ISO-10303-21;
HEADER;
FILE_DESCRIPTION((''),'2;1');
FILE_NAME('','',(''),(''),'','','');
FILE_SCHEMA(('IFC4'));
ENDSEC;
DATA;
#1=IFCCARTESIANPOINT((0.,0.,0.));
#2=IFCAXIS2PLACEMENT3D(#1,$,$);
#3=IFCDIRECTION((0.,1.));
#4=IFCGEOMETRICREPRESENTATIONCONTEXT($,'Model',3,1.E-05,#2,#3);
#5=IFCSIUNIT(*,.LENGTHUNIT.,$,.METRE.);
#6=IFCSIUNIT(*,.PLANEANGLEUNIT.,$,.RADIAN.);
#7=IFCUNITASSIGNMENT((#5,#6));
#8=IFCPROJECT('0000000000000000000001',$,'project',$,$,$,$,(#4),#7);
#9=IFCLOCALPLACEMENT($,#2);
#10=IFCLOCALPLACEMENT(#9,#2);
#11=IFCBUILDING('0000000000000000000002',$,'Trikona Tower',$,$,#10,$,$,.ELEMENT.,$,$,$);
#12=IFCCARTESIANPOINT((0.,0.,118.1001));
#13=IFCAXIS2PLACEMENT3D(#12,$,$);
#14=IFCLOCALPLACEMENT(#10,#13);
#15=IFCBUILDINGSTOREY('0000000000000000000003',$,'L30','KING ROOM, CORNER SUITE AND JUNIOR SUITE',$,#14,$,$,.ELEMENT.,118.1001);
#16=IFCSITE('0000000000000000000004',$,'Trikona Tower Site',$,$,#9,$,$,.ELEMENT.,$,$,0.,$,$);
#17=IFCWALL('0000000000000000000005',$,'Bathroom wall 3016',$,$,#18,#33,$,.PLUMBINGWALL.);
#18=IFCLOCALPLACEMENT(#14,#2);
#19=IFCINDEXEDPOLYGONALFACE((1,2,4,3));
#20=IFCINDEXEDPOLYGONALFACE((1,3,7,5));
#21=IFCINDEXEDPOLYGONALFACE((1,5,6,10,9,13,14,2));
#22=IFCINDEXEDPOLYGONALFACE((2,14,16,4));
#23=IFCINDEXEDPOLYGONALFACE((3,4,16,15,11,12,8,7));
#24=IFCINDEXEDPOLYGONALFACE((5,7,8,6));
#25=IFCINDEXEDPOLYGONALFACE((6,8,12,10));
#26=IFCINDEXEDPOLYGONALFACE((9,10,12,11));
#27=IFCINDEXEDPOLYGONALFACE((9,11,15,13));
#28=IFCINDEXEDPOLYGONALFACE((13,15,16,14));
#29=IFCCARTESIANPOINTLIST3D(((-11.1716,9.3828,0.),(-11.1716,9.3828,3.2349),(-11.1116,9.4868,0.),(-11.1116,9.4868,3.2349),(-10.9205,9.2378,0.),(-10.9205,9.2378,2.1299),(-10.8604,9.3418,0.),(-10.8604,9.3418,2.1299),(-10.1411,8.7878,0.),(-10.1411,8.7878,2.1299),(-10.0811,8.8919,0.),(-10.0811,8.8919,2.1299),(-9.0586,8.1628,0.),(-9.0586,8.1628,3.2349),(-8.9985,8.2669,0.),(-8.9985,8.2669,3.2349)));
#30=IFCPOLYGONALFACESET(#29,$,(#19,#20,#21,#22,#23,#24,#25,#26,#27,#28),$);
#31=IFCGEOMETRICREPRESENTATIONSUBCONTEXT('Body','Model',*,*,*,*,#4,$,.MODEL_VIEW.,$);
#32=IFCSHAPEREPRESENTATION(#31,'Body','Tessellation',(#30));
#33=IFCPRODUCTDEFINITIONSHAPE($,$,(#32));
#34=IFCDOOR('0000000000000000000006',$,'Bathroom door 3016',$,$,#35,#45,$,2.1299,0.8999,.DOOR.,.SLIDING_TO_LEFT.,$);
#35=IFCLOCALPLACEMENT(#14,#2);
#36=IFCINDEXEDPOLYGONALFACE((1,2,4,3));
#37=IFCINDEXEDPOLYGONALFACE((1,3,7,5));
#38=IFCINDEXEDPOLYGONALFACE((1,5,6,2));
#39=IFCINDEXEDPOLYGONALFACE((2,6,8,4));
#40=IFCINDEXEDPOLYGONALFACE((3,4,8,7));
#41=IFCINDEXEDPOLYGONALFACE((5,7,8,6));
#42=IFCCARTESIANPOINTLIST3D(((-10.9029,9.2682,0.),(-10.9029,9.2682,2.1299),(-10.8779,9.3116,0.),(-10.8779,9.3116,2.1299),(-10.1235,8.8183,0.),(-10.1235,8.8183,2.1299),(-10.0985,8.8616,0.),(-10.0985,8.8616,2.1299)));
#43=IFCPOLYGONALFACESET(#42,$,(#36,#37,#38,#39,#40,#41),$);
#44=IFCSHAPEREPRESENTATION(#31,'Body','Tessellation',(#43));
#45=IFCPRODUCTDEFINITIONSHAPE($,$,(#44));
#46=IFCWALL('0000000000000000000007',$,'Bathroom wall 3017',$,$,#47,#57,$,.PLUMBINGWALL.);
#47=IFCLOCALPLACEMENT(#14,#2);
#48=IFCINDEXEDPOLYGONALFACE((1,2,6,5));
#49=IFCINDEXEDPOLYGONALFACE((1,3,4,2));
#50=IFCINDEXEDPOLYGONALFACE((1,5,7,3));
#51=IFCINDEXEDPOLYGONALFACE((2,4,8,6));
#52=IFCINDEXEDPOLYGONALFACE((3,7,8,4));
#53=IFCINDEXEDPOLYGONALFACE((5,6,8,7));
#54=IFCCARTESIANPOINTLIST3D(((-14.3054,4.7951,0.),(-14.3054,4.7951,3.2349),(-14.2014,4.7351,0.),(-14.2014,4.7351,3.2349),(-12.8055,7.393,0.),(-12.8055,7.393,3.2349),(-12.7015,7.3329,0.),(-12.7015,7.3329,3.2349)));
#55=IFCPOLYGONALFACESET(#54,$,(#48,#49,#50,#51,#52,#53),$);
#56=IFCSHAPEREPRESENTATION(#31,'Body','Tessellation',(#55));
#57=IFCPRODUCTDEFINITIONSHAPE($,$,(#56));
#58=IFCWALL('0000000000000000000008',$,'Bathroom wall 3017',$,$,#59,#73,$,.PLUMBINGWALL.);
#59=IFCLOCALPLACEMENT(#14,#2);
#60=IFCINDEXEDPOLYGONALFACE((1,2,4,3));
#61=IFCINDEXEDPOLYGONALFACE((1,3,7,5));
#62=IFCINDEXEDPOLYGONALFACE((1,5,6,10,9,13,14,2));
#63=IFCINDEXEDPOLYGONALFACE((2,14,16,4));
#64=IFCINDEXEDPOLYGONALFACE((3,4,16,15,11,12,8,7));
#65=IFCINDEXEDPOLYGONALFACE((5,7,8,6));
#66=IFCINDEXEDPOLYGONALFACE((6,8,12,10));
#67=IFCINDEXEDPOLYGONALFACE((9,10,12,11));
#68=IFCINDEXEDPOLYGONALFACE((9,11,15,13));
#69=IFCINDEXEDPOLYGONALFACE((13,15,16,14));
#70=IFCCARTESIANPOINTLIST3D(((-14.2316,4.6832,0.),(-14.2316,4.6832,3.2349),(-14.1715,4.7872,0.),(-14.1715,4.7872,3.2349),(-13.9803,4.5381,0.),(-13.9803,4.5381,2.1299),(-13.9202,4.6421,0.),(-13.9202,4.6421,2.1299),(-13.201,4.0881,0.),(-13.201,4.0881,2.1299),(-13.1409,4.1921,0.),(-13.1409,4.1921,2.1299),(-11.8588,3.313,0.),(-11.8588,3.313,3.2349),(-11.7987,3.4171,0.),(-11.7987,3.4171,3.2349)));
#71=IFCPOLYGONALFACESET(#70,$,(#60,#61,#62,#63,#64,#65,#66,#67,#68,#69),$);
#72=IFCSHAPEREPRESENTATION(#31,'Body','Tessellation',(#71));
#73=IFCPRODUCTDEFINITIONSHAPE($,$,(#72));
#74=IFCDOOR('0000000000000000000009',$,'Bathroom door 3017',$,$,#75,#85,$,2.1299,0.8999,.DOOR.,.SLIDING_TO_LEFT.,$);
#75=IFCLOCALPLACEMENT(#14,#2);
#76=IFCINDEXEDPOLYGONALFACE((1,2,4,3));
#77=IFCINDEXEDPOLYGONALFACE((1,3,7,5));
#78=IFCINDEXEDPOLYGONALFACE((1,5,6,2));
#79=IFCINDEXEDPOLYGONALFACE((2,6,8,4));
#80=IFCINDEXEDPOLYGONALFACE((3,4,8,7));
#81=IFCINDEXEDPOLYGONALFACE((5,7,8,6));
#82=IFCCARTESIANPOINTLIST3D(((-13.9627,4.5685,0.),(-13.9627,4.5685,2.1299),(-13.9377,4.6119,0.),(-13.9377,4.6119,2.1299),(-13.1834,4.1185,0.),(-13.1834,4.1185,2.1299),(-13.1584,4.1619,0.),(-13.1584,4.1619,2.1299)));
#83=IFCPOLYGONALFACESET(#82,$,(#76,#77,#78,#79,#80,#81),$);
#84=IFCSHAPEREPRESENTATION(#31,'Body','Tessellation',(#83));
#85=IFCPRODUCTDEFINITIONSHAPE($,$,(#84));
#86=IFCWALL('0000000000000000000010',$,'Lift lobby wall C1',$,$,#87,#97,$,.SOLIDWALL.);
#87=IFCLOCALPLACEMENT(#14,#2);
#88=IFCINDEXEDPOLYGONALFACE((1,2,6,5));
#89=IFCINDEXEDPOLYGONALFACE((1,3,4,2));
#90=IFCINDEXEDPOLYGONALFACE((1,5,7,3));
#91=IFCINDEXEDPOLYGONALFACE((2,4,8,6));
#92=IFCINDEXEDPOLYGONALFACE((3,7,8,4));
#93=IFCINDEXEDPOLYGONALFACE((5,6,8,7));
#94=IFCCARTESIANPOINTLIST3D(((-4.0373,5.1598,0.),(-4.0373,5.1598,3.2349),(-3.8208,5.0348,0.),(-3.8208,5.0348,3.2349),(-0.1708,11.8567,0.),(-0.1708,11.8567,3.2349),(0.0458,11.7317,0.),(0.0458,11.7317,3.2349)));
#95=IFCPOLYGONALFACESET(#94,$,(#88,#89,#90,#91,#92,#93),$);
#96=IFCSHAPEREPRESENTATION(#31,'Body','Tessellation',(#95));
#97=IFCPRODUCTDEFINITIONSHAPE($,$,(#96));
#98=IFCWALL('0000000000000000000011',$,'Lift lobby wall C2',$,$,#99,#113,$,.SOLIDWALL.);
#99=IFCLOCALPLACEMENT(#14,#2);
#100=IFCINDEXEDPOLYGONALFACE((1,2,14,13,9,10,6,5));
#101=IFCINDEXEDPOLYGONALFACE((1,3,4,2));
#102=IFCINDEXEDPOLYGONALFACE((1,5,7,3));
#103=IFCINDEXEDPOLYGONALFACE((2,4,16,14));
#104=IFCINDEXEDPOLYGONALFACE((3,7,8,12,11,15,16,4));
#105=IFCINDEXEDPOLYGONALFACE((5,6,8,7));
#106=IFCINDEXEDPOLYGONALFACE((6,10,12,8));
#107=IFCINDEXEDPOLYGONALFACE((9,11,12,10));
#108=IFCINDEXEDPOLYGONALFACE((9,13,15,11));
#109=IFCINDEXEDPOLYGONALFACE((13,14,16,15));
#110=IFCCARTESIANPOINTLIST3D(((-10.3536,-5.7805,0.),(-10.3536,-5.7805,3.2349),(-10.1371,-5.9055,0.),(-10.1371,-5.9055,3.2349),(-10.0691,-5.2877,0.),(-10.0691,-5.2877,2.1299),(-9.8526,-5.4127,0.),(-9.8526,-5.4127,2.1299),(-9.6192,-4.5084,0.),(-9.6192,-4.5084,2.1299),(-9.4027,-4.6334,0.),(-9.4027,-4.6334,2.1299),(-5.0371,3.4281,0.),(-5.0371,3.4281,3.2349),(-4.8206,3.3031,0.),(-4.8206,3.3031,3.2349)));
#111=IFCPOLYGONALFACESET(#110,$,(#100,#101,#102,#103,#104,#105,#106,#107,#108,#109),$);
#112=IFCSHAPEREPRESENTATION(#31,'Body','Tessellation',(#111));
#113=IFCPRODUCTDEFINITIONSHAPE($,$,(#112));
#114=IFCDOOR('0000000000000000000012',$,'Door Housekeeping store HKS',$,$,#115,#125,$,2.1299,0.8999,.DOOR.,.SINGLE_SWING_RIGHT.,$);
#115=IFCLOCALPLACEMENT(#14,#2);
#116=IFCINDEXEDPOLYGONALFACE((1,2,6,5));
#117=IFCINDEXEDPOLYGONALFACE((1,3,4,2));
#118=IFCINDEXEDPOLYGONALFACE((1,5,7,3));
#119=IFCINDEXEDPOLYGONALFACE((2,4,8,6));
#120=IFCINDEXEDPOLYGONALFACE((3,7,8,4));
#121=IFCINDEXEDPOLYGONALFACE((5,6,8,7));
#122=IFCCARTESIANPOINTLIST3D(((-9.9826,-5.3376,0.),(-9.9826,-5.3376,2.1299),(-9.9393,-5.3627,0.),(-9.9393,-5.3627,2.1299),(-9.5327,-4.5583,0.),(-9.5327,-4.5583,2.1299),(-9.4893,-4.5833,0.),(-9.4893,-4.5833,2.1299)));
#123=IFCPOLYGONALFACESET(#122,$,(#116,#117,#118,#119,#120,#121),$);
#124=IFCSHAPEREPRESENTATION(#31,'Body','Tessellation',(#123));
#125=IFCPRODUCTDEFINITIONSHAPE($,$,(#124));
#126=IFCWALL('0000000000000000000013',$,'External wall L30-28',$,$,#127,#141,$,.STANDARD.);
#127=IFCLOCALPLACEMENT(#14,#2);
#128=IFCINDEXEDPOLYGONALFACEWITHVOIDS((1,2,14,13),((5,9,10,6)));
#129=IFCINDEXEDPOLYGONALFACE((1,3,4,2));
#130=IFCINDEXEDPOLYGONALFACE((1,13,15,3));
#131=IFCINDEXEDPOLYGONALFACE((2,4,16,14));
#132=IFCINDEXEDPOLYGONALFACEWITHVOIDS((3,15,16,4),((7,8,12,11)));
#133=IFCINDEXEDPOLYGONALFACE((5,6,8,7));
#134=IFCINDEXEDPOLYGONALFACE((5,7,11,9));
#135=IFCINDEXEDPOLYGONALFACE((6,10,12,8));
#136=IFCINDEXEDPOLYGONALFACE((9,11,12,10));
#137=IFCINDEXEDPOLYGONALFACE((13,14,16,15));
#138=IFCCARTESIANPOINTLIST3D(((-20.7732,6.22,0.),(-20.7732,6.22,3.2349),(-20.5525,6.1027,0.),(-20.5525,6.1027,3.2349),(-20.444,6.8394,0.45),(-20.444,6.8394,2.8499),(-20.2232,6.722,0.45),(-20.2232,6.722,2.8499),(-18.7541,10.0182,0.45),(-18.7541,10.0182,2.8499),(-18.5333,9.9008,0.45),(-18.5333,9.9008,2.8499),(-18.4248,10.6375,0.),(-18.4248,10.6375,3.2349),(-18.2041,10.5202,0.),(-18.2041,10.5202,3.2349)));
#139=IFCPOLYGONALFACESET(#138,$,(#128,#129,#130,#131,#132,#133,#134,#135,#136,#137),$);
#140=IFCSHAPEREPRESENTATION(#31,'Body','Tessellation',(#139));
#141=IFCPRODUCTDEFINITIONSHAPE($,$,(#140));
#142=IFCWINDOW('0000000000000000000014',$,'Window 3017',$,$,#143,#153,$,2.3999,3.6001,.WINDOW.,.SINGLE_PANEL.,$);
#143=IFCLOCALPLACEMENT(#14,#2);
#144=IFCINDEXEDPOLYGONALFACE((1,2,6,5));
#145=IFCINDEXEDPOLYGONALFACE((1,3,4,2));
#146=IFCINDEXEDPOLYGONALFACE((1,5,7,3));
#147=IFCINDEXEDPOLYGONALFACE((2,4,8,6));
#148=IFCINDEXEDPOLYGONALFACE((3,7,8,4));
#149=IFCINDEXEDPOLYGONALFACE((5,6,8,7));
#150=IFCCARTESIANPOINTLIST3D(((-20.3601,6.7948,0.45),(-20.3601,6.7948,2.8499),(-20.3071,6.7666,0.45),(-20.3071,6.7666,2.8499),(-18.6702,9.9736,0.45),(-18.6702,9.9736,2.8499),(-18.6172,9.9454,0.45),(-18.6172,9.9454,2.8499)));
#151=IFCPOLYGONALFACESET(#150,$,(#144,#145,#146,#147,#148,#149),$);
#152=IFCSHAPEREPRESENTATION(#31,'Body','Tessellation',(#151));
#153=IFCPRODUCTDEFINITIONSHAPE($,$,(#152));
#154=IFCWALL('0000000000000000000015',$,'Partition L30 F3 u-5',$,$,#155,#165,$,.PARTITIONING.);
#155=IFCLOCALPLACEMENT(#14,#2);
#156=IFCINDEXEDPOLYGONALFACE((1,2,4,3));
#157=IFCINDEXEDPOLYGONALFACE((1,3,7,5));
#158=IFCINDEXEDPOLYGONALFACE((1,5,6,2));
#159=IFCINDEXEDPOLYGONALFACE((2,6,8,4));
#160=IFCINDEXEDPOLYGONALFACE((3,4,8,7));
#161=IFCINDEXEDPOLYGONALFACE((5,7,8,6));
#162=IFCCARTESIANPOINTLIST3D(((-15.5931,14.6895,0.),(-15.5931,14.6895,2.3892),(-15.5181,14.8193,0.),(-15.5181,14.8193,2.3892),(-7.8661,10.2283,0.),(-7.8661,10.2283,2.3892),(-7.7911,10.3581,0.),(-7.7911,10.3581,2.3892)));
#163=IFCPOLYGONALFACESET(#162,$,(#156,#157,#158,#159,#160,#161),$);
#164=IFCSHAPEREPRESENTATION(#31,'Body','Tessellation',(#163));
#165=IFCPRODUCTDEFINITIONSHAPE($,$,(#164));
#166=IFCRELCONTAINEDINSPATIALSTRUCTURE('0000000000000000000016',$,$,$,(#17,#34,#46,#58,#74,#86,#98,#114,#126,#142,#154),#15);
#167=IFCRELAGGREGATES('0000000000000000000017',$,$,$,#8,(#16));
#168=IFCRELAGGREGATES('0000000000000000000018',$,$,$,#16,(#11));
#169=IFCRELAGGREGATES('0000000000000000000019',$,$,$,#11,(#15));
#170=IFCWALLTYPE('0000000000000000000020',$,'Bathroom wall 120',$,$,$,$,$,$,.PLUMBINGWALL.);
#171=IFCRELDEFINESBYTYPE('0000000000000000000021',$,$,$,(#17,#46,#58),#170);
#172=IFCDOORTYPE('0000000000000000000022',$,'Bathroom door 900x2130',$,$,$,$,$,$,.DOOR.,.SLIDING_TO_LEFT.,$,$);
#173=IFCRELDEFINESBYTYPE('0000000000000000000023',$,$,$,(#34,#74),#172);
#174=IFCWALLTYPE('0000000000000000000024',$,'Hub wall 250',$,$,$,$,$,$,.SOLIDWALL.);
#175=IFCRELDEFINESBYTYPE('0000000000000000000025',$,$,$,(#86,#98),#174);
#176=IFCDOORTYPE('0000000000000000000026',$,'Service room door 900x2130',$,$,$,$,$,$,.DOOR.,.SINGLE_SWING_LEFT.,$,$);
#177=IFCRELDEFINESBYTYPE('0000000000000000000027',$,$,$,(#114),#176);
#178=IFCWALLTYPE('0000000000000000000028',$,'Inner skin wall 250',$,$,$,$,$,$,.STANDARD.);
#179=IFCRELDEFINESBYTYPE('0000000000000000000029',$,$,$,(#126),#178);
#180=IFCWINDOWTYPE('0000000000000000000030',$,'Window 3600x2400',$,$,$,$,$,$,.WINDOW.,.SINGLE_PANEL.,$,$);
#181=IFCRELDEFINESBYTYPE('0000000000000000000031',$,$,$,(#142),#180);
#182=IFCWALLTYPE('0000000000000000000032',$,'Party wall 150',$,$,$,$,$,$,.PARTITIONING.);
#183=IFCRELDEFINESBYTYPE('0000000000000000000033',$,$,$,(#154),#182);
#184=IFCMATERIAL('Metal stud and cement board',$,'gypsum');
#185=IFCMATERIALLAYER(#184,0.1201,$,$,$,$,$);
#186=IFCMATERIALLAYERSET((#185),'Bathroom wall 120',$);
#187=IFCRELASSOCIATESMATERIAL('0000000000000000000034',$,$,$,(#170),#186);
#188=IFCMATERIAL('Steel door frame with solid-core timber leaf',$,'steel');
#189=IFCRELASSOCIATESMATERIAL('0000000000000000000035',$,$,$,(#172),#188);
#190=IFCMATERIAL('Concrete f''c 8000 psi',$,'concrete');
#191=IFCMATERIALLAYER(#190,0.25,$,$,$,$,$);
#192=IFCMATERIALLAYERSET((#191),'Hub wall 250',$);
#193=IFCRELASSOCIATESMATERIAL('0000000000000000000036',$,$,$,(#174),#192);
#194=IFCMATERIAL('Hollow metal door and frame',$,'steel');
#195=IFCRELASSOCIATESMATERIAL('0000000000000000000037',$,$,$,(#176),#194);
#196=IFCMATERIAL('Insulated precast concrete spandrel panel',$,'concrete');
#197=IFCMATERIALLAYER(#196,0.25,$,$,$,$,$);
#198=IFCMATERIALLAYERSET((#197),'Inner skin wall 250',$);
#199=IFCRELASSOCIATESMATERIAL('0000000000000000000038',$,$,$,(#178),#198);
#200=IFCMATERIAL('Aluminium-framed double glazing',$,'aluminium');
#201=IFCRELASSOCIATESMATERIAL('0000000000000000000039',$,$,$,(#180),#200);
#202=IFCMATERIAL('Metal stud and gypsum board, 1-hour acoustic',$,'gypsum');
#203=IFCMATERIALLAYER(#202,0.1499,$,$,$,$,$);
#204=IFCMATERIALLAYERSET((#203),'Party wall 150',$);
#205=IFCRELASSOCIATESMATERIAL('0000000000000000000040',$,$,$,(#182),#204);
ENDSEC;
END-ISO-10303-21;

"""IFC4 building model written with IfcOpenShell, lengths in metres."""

from ifc_helpers import new_model, si_unit, direction, frame, frame_2d, origin, place, context, subcontext, project, spatial, rectangle, extrude, material, layer, layer_set, type_object, element, fill, save


model = new_model("IFC4")

# Units and contexts
model_context = context("Model", 3, precision=1e-05, world=origin(), true_north=direction((0.0, 1.0)))
body_context = subcontext(model_context, "Body", "Model", "MODEL_VIEW")
ifc_project = project(units=[si_unit("LENGTHUNIT", "METRE"), si_unit("PLANEANGLEUNIT", "RADIAN")], contexts=[model_context])

# Site, building, storey
site_placement = place(None, origin())
site = spatial("IfcSite", under=ifc_project, at=site_placement, Name="Trikona Tower Site", CompositionType="ELEMENT", RefElevation=0.0)
building_placement = place(site_placement, origin())
building = spatial("IfcBuilding", under=site, at=building_placement, Name="Trikona Tower", CompositionType="ELEMENT")
storey_placement = place(building_placement, frame((0.0, 0.0, 118.1001)))
storey = spatial("IfcBuildingStorey", under=building, at=storey_placement, Name="L30", Description="KING ROOM, CORNER SUITE AND JUNIOR SUITE", CompositionType="ELEMENT", Elevation=118.1001)

# Shared definitions
ifc_material_1 = material(Name="Metal stud and cement board", Category="gypsum")
ifc_layer_1 = layer(ifc_material_1, 0.1201)
ifc_layer_set_1 = layer_set([ifc_layer_1], Name="Bathroom wall 120")
wall_type_1 = type_object("IfcWallType", Name="Bathroom wall 120", PredefinedType="PLUMBINGWALL", material=ifc_layer_set_1)
ifc_material_2 = material(Name="Steel door frame with solid-core timber leaf", Category="steel")
door_type_1 = type_object("IfcDoorType", Name="Bathroom door 900x2130", OperationType="SLIDING_TO_LEFT", PredefinedType="DOOR", material=ifc_material_2)

# Wall, opening, door
wall_1_placement = place(storey_placement, frame((-9.0286, 8.2148, 0.0), z_axis=(0.0, 0.0, 1.0), x_axis=(-0.866024, 0.500003, 0.0)))
wall_1 = element("IfcWall", 1, at=wall_1_placement, inside=storey, type_object=wall_type_1, Name="Bathroom wall 3016", PredefinedType="PLUMBINGWALL", context=body_context, shape_type="SweptSolid", body=[
    extrude(rectangle(XDim=2.4399, YDim=0.1201, at=frame_2d((1.22, 0.0))), origin(), (0.0, 0.0, 1.0), 3.2349),
])
opening_1_placement = place(wall_1_placement, frame((1.25, 0.0, 0.0)))
opening_1 = element("IfcOpeningElement", 2, at=opening_1_placement, cuts=wall_1, PredefinedType="OPENING", context=body_context, shape_type="SweptSolid", body=[
    extrude(rectangle(XDim=0.8999, YDim=2.1299, at=frame_2d((0.45, 1.0649))), frame((0.0, 0.0701, 0.0), z_axis=(0.0, -1.0, 0.0), x_axis=(1.0, 0.0, 0.0)), (0.0, 0.0, 1.0), 0.1401),
])
door_1_placement = place(opening_1_placement, origin())
door_1 = element("IfcDoor", 3, at=door_1_placement, inside=storey, type_object=door_type_1, Name="Bathroom door 3016", OperationType="SLIDING_TO_LEFT", OverallHeight=2.1299, OverallWidth=0.8999, PredefinedType="DOOR", context=body_context, shape_type="SweptSolid", body=[
    extrude(rectangle(XDim=0.8999, YDim=2.1299, at=frame_2d((0.45, 1.0649))), frame((0.0, 0.0249, 0.0), z_axis=(0.0, -1.0, 0.0), x_axis=(1.0, 0.0, 0.0)), (0.0, 0.0, 1.0), 0.05),
])
fill(opening_1, door_1)

# Wall
wall_2_placement = place(storey_placement, frame((-12.7534, 7.363, 0.0), z_axis=(0.0, 0.0, 1.0), x_axis=(-0.500025, -0.866011, 0.0)))
element("IfcWall", 4, at=wall_2_placement, inside=storey, type_object=wall_type_1, Name="Bathroom wall 3017", PredefinedType="PLUMBINGWALL", context=body_context, shape_type="SweptSolid", body=[
    extrude(rectangle(XDim=2.9998, YDim=0.1201, at=frame_2d((1.5, 0.0))), origin(), (0.0, 0.0, 1.0), 3.2349),
])

# Wall, opening, door
wall_3_placement = place(storey_placement, frame((-11.8286, 3.365, 0.0), z_axis=(0.0, 0.0, 1.0), x_axis=(-0.865997, 0.500049, 0.0)))
wall_3 = element("IfcWall", 5, at=wall_3_placement, inside=storey, type_object=wall_type_1, Name="Bathroom wall 3017", PredefinedType="PLUMBINGWALL", context=body_context, shape_type="SweptSolid", body=[
    extrude(rectangle(XDim=2.74, YDim=0.1201, at=frame_2d((1.3701, 0.0))), origin(), (0.0, 0.0, 1.0), 3.2349),
])
opening_2_placement = place(wall_3_placement, frame((1.55, 0.0, 0.0)))
opening_2 = element("IfcOpeningElement", 6, at=opening_2_placement, cuts=wall_3, PredefinedType="OPENING", context=body_context, shape_type="SweptSolid", body=[
    extrude(rectangle(XDim=0.8999, YDim=2.1299, at=frame_2d((0.45, 1.0649))), frame((0.0, 0.0701, 0.0), z_axis=(0.0, -1.0, 0.0), x_axis=(1.0, 0.0, 0.0)), (0.0, 0.0, 1.0), 0.1401),
])
door_2_placement = place(opening_2_placement, origin())
door_2 = element("IfcDoor", 7, at=door_2_placement, inside=storey, type_object=door_type_1, Name="Bathroom door 3017", OperationType="SLIDING_TO_LEFT", OverallHeight=2.1299, OverallWidth=0.8999, PredefinedType="DOOR", context=body_context, shape_type="SweptSolid", body=[
    extrude(rectangle(XDim=0.8999, YDim=2.1299, at=frame_2d((0.45, 1.0649))), frame((0.0, 0.0249, 0.0), z_axis=(0.0, -1.0, 0.0), x_axis=(1.0, 0.0, 0.0)), (0.0, 0.0, 1.0), 0.05),
])
fill(opening_2, door_2)

# Wall
ifc_material_3 = material(Name="Concrete f'c 8000 psi", Category="concrete")
ifc_layer_2 = layer(ifc_material_3, 0.25)
ifc_layer_set_2 = layer_set([ifc_layer_2], Name="Hub wall 250")
wall_type_2 = type_object("IfcWallType", Name="Hub wall 250", PredefinedType="SOLIDWALL", material=ifc_layer_set_2)
wall_4_placement = place(storey_placement, frame((-0.0625, 11.7942, 0.0), z_axis=(0.0, 0.0, 1.0), x_axis=(-0.500007, -0.866022, 0.0)))
element("IfcWall", 8, at=wall_4_placement, inside=storey, type_object=wall_type_2, Name="Lift lobby wall C1", PredefinedType="SOLIDWALL", context=body_context, shape_type="SweptSolid", body=[
    extrude(rectangle(XDim=7.7329, YDim=0.25, at=frame_2d((3.8665, 0.0))), origin(), (0.0, 0.0, 1.0), 3.2349),
])

# Wall, opening, door
wall_5_placement = place(storey_placement, frame((-4.929, 3.3655, 0.0), z_axis=(0.0, 0.0, 1.0), x_axis=(-0.499991, -0.86603, 0.0)))
wall_5 = element("IfcWall", 9, at=wall_5_placement, inside=storey, type_object=wall_type_2, Name="Lift lobby wall C2", PredefinedType="SOLIDWALL", context=body_context, shape_type="SweptSolid", body=[
    extrude(rectangle(XDim=10.6331, YDim=0.25, at=frame_2d((5.3164, 0.0))), origin(), (0.0, 0.0, 1.0), 3.2349),
])
opening_3_placement = place(wall_5_placement, frame((9.1641, 0.0, 0.0)))
opening_3 = element("IfcOpeningElement", 10, at=opening_3_placement, cuts=wall_5, PredefinedType="OPENING", context=body_context, shape_type="SweptSolid", body=[
    extrude(rectangle(XDim=0.8999, YDim=2.1299, at=frame_2d((0.45, 1.0649))), frame((0.0, 0.135, 0.0), z_axis=(0.0, -1.0, 0.0), x_axis=(1.0, 0.0, 0.0)), (0.0, 0.0, 1.0), 0.27),
])
ifc_material_4 = material(Name="Hollow metal door and frame", Category="steel")
door_type_2 = type_object("IfcDoorType", Name="Service room door 900x2130", OperationType="SINGLE_SWING_LEFT", PredefinedType="DOOR", material=ifc_material_4)
door_3_placement = place(opening_3_placement, origin())
door_3 = element("IfcDoor", 11, at=door_3_placement, inside=storey, type_object=door_type_2, Name="Door Housekeeping store HKS", OperationType="SINGLE_SWING_RIGHT", OverallHeight=2.1299, OverallWidth=0.8999, PredefinedType="DOOR", context=body_context, shape_type="SweptSolid", body=[
    extrude(rectangle(XDim=0.8999, YDim=2.1299, at=frame_2d((0.45, 1.0649))), frame((0.0, 0.0249, 0.0), z_axis=(0.0, -1.0, 0.0), x_axis=(1.0, 0.0, 0.0)), (0.0, 0.0, 1.0), 0.05),
])
fill(opening_3, door_3)

# Wall, opening, window
ifc_material_5 = material(Name="Insulated precast concrete spandrel panel", Category="concrete")
ifc_layer_3 = layer(ifc_material_5, 0.25)
ifc_layer_set_3 = layer_set([ifc_layer_3], Name="Inner skin wall 250")
wall_type_3 = type_object("IfcWallType", Name="Inner skin wall 250", PredefinedType="STANDARD", material=ifc_layer_set_3)
wall_6_placement = place(storey_placement, frame((-18.3145, 10.5789, 0.0), z_axis=(0.0, 0.0, 1.0), x_axis=(-0.469405, -0.882983, 0.0)))
wall_6 = element("IfcWall", 12, at=wall_6_placement, inside=storey, type_object=wall_type_3, Name="External wall L30-28", PredefinedType="STANDARD", context=body_context, shape_type="SweptSolid", body=[
    extrude(rectangle(XDim=5.0029, YDim=0.25, at=frame_2d((2.5015, 0.0))), origin(), (0.0, 0.0, 1.0), 3.2349),
])
opening_4_placement = place(wall_6_placement, frame((0.7014, 0.0, 0.45)))
opening_4 = element("IfcOpeningElement", 13, at=opening_4_placement, cuts=wall_6, PredefinedType="OPENING", context=body_context, shape_type="SweptSolid", body=[
    extrude(rectangle(XDim=3.6001, YDim=2.3999, at=frame_2d((1.8, 1.2))), frame((0.0, 0.135, 0.0), z_axis=(0.0, -1.0, 0.0), x_axis=(1.0, 0.0, 0.0)), (0.0, 0.0, 1.0), 0.27),
])
ifc_material_6 = material(Name="Aluminium-framed double glazing", Category="aluminium")
window_type = type_object("IfcWindowType", Name="Window 3600x2400", PartitioningType="SINGLE_PANEL", PredefinedType="WINDOW", material=ifc_material_6)
window_placement = place(opening_4_placement, origin())
window = element("IfcWindow", 14, at=window_placement, inside=storey, type_object=window_type, Name="Window 3017", OverallHeight=2.3999, OverallWidth=3.6001, PartitioningType="SINGLE_PANEL", PredefinedType="WINDOW", context=body_context, shape_type="SweptSolid", body=[
    extrude(rectangle(XDim=3.6001, YDim=2.3999, at=frame_2d((1.8, 1.2))), frame((0.0, 0.03, 0.0), z_axis=(0.0, -1.0, 0.0), x_axis=(1.0, 0.0, 0.0)), (0.0, 0.0, 1.0), 0.0601),
])
fill(opening_4, window)

# Wall
ifc_material_7 = material(Name="Metal stud and gypsum board, 1-hour acoustic", Category="gypsum")
ifc_layer_4 = layer(ifc_material_7, 0.1499)
ifc_layer_set_4 = layer_set([ifc_layer_4], Name="Party wall 150")
wall_type_4 = type_object("IfcWallType", Name="Party wall 150", PredefinedType="PARTITIONING", material=ifc_layer_set_4)
wall_7_placement = place(storey_placement, frame((-7.8286, 10.2932, 0.0), z_axis=(0.0, 0.0, 1.0), x_axis=(-0.866027, 0.499997, 0.0)))
element("IfcWall", 15, at=wall_7_placement, inside=storey, type_object=wall_type_4, Name="Partition L30 F3 u-5", PredefinedType="PARTITIONING", context=body_context, shape_type="SweptSolid", body=[
    extrude(rectangle(XDim=8.9224, YDim=0.1499, at=frame_2d((4.4612, 0.0))), origin(), (0.0, 0.0, 1.0), 2.3892),
])

save(model, "model.ifc")
